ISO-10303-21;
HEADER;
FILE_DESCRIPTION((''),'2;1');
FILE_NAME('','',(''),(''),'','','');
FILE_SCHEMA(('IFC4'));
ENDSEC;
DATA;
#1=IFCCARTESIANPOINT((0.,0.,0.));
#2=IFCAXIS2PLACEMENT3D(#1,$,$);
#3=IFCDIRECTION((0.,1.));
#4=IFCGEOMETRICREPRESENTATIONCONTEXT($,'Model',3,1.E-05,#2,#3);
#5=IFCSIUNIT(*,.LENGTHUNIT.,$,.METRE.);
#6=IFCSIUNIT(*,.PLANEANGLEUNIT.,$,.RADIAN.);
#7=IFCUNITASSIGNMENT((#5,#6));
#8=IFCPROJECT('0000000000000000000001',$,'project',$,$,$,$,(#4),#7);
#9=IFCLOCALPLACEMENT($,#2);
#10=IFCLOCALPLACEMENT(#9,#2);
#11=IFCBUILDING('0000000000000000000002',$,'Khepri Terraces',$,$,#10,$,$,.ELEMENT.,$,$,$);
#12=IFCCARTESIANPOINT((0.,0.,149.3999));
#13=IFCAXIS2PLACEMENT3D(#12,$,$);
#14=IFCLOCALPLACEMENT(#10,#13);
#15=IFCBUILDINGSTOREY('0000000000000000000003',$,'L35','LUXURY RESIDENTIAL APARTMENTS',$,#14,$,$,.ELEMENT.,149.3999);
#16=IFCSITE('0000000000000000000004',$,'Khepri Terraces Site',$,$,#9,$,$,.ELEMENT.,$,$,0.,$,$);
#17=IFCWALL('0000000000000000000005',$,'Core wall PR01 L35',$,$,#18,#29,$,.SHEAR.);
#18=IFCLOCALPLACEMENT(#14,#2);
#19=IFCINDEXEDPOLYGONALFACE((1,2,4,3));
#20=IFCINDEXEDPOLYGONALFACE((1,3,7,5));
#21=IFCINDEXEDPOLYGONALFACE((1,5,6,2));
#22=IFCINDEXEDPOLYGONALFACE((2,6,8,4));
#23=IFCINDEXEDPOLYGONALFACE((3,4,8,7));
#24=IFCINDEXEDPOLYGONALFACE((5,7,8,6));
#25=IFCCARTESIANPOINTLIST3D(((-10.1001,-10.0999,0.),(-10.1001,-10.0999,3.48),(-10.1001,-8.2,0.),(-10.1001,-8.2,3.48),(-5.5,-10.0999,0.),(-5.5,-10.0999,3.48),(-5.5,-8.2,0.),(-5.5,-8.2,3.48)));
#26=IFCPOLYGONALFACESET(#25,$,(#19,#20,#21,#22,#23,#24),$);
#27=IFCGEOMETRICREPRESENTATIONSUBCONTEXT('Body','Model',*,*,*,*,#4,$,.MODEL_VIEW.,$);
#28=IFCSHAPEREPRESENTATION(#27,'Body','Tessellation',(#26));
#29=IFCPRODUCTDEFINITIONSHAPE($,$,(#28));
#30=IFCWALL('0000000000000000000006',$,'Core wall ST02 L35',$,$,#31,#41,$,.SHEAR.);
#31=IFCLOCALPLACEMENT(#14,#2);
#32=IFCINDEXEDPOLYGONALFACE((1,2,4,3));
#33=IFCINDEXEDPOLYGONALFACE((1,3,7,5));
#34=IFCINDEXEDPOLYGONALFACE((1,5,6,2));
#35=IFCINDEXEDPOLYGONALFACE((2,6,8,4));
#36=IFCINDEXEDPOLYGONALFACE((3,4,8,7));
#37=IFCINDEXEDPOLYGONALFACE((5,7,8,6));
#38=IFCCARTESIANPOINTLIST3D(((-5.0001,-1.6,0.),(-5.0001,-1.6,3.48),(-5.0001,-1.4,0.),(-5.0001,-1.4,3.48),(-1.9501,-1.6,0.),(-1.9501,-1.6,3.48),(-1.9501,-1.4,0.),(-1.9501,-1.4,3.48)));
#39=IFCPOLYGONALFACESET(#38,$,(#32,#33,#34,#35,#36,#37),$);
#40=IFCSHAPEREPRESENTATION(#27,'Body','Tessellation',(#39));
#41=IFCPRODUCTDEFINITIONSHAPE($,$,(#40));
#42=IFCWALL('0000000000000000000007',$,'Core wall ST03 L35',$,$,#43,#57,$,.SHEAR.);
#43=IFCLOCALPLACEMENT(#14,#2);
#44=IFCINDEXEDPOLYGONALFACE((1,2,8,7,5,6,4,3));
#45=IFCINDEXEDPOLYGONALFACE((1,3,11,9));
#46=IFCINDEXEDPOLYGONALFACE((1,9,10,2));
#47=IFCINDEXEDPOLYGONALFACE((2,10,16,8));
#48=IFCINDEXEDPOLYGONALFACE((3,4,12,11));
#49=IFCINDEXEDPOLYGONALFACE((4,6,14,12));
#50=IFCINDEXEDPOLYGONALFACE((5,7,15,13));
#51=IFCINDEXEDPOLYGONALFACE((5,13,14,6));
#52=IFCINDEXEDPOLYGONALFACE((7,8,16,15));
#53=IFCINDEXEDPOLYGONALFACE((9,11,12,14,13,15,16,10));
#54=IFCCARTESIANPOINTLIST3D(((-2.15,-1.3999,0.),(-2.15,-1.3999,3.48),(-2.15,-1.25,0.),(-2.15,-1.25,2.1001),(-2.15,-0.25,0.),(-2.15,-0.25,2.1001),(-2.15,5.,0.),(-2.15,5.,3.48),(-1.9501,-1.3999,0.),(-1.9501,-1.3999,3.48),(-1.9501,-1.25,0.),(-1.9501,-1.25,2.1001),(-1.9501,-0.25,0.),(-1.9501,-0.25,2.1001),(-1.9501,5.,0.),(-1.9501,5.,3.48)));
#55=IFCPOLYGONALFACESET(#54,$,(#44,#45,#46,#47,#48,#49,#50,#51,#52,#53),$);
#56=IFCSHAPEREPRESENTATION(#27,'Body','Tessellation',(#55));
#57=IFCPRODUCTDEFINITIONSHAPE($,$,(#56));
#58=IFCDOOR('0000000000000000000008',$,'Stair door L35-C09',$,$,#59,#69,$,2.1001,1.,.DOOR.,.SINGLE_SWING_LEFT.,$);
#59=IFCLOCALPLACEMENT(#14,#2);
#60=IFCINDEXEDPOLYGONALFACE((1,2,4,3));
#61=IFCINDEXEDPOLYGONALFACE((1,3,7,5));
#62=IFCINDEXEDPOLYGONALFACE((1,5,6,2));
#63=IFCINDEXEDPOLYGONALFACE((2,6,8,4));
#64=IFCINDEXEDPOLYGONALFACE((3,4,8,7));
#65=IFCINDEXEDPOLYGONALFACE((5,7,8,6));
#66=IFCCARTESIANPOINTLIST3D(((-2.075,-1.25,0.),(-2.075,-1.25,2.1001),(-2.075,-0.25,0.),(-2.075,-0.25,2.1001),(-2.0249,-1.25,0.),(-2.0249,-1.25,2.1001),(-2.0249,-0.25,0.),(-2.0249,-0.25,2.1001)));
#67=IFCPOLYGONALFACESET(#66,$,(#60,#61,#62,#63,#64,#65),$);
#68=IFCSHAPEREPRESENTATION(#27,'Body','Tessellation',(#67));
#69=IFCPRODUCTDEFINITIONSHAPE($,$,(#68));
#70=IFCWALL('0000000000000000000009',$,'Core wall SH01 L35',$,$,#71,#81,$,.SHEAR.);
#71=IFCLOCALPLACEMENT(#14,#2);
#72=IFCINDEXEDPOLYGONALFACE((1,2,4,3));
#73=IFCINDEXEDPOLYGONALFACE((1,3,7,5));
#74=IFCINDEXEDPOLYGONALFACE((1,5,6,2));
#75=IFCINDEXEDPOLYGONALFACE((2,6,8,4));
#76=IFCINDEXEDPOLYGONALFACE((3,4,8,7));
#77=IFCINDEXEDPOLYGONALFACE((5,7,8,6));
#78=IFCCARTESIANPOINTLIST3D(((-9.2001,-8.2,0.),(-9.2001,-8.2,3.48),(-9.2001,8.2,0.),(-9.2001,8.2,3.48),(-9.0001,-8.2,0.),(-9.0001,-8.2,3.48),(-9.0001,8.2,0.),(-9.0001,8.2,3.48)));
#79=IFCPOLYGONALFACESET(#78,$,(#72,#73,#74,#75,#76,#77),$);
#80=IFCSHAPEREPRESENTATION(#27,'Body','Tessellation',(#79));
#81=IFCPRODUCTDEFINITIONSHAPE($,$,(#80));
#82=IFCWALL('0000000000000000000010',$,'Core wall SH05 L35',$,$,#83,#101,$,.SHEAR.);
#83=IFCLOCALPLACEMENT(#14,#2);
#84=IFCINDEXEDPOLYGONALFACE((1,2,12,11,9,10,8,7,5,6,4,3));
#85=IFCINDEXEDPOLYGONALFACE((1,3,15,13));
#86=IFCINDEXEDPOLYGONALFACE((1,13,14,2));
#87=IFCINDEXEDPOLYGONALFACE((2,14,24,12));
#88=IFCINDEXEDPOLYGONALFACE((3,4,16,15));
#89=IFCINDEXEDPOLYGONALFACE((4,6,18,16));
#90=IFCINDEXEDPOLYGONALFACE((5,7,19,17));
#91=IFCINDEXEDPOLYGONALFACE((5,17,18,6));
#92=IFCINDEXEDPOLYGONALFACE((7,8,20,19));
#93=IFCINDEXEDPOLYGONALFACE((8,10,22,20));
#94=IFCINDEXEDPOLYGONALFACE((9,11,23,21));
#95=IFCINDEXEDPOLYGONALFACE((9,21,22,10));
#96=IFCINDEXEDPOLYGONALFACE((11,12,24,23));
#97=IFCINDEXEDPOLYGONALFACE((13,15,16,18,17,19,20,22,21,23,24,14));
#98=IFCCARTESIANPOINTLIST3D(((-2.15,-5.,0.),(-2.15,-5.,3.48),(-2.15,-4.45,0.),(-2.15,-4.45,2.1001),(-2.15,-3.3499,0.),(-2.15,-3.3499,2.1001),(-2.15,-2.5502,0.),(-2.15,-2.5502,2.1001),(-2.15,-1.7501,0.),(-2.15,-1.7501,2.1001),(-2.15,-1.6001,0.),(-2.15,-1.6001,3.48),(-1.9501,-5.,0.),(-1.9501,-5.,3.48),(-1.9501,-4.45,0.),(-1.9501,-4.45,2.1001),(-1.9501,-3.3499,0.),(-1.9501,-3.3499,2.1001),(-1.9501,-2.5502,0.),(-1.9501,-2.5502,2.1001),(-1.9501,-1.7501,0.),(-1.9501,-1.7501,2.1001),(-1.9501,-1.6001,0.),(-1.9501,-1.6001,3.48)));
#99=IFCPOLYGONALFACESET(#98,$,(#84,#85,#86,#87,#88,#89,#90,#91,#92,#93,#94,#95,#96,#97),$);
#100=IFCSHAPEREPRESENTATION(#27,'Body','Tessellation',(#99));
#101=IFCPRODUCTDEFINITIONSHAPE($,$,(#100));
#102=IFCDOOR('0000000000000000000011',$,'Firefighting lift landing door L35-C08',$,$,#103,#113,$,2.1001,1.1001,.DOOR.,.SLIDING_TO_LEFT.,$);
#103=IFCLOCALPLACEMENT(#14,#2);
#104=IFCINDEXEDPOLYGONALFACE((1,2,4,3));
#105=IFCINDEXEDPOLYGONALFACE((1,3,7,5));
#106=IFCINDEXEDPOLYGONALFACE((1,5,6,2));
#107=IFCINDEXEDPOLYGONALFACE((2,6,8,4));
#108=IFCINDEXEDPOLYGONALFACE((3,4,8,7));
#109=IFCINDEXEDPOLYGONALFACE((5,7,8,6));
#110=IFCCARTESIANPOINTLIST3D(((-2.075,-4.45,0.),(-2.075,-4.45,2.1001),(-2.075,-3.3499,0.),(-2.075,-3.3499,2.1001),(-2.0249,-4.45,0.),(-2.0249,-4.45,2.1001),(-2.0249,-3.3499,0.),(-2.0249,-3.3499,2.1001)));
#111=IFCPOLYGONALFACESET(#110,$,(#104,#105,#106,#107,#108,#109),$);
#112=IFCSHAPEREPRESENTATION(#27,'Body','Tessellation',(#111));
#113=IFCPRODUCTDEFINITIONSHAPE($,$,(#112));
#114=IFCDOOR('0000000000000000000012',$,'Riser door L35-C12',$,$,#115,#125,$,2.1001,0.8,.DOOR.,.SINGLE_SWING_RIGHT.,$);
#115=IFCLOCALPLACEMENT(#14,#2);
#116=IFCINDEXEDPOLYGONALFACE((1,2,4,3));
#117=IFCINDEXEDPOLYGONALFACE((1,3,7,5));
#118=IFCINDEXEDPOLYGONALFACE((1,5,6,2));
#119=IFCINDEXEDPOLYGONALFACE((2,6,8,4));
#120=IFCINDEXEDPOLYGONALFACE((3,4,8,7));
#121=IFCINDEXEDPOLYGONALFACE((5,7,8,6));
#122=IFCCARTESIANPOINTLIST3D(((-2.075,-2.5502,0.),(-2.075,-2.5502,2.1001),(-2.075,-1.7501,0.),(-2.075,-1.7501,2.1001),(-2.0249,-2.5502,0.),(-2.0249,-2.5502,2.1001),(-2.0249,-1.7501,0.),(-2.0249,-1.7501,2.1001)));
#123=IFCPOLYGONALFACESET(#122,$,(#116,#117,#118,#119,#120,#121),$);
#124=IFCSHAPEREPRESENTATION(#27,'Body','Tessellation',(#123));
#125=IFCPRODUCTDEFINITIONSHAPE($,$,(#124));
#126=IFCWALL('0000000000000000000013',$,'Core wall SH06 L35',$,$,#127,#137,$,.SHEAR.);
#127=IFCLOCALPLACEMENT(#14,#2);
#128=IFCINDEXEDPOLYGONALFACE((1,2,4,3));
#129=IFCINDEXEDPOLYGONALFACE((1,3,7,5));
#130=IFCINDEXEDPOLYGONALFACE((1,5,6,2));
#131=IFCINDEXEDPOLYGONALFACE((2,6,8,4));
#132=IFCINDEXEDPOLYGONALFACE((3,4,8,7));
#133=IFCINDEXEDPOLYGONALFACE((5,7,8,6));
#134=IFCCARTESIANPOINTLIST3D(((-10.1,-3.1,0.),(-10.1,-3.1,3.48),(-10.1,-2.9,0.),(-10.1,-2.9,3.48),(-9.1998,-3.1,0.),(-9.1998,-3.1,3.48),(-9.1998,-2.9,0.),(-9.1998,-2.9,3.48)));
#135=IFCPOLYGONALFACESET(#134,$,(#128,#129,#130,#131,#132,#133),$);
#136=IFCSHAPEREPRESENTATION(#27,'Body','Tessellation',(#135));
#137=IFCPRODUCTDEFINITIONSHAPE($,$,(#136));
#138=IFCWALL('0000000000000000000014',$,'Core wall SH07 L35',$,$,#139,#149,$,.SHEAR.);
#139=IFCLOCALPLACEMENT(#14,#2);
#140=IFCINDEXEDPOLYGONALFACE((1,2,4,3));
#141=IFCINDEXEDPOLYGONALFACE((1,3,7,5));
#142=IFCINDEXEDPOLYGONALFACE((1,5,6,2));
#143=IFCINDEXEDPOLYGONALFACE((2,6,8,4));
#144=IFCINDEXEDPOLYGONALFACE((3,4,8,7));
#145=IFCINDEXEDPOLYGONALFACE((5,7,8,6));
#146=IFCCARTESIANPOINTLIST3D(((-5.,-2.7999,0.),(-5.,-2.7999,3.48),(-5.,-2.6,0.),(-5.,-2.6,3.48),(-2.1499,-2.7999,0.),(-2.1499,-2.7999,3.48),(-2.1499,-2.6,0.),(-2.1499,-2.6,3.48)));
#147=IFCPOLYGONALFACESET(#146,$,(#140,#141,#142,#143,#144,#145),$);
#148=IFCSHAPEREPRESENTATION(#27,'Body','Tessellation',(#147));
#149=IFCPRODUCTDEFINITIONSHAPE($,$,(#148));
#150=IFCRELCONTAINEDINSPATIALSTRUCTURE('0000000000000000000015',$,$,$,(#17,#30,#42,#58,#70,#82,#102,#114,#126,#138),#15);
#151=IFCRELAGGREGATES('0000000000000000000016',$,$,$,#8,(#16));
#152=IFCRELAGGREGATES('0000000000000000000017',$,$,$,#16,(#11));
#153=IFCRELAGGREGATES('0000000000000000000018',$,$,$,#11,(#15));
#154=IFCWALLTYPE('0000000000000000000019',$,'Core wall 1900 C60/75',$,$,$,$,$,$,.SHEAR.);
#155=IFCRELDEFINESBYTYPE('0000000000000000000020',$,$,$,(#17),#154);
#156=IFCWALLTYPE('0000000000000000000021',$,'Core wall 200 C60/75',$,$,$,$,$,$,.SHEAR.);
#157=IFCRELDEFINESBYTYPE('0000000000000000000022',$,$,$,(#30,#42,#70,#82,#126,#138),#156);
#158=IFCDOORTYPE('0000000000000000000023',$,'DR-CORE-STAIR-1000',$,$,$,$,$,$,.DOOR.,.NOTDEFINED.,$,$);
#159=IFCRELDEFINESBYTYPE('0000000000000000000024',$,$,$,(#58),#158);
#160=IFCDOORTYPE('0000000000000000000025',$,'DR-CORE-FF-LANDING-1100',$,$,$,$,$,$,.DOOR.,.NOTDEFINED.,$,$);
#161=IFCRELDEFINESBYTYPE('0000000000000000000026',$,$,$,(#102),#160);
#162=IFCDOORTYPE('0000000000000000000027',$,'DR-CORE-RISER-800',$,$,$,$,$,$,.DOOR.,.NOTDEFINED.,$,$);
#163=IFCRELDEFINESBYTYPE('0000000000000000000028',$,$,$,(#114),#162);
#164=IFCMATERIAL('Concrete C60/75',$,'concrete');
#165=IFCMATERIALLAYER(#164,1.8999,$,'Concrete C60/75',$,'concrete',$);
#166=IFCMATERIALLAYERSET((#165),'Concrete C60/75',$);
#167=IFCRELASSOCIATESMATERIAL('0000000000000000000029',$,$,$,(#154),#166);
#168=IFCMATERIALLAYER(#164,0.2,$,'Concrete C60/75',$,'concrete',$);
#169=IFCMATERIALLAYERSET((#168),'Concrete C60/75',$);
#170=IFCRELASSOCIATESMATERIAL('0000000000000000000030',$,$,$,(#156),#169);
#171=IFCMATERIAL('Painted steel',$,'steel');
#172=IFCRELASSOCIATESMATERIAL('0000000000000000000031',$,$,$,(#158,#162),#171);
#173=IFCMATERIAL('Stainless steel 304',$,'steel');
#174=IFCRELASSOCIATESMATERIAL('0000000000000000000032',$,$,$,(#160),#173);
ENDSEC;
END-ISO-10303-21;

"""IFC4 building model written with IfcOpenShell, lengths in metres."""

from ifc_helpers import new_model, si_unit, direction, frame, frame_2d, origin, place, context, subcontext, project, spatial, rectangle, extrude, material, layer, layer_set, type_object, element, fill, save


model = new_model("IFC4")

# Units and contexts
model_context = context("Model", 3, precision=1e-05, world=origin(), true_north=direction((0.0, 1.0)))
body_context = subcontext(model_context, "Body", "Model", "MODEL_VIEW")
ifc_project = project(units=[si_unit("LENGTHUNIT", "METRE"), si_unit("PLANEANGLEUNIT", "RADIAN")], contexts=[model_context])

# Site, building, storey
site_placement = place(None, origin())
site = spatial("IfcSite", under=ifc_project, at=site_placement, Name="Khepri Terraces Site", CompositionType="ELEMENT", RefElevation=0.0)
building_placement = place(site_placement, origin())
building = spatial("IfcBuilding", under=site, at=building_placement, Name="Khepri Terraces", CompositionType="ELEMENT")
storey_placement = place(building_placement, frame((0.0, 0.0, 149.3999)))
storey = spatial("IfcBuildingStorey", under=building, at=storey_placement, Name="L35", Description="LUXURY RESIDENTIAL APARTMENTS", CompositionType="ELEMENT", Elevation=149.3999)

# Walls
ifc_material_1 = material(Name="Concrete C60/75", Category="concrete")
ifc_layer_1 = layer(ifc_material_1, 1.8999, Name="Concrete C60/75", Category="concrete")
ifc_layer_set_1 = layer_set([ifc_layer_1], Name="Concrete C60/75")
wall_type_1 = type_object("IfcWallType", Name="Core wall 1900 C60/75", PredefinedType="SHEAR", material=ifc_layer_set_1)
wall_1_placement = place(storey_placement, frame((-10.1001, -9.1499, 0.0), z_axis=(0.0, 0.0, 1.0), x_axis=(1.0, 0.0, 0.0)))
element("IfcWall", 1, at=wall_1_placement, inside=storey, type_object=wall_type_1, Name="Core wall PR01 L35", PredefinedType="SHEAR", context=body_context, shape_type="SweptSolid", body=[
    extrude(rectangle(XDim=4.6001, YDim=1.8999, at=frame_2d((2.3, 0.0))), origin(), (0.0, 0.0, 1.0), 3.48),
])
ifc_layer_2 = layer(ifc_material_1, 0.2, Name="Concrete C60/75", Category="concrete")
ifc_layer_set_2 = layer_set([ifc_layer_2], Name="Concrete C60/75")
wall_type_2 = type_object("IfcWallType", Name="Core wall 200 C60/75", PredefinedType="SHEAR", material=ifc_layer_set_2)
wall_2_placement = place(storey_placement, frame((-5.0, -1.5, 0.0), z_axis=(0.0, 0.0, 1.0), x_axis=(1.0, 0.0, 0.0)))
element("IfcWall", 2, at=wall_2_placement, inside=storey, type_object=wall_type_2, Name="Core wall ST02 L35", PredefinedType="SHEAR", context=body_context, shape_type="SweptSolid", body=[
    extrude(rectangle(XDim=3.05, YDim=0.2, at=frame_2d((1.5249, 0.0))), origin(), (0.0, 0.0, 1.0), 3.48),
])

# Wall, opening, door
wall_3_placement = place(storey_placement, frame((-2.05, -1.3999, 0.0), z_axis=(0.0, 0.0, 1.0), x_axis=(0.0, 1.0, 0.0)))
wall_3 = element("IfcWall", 3, at=wall_3_placement, inside=storey, type_object=wall_type_2, Name="Core wall ST03 L35", PredefinedType="SHEAR", context=body_context, shape_type="SweptSolid", body=[
    extrude(rectangle(XDim=6.3999, YDim=0.2, at=frame_2d((3.2, 0.0))), origin(), (0.0, 0.0, 1.0), 3.48),
])
opening_1_placement = place(wall_3_placement, frame((0.1499, 0.0, 0.0)))
opening_1 = element("IfcOpeningElement", 4, at=opening_1_placement, cuts=wall_3, PredefinedType="OPENING", context=body_context, shape_type="SweptSolid", body=[
    extrude(rectangle(XDim=1.0, YDim=2.1001, at=frame_2d((0.5, 1.05))), frame((0.0, 0.1099, 0.0), z_axis=(0.0, -1.0, 0.0), x_axis=(1.0, 0.0, 0.0)), (0.0, 0.0, 1.0), 0.22),
])
ifc_material_2 = material(Name="Painted steel", Category="steel")
door_type_1 = type_object("IfcDoorType", Name="DR-CORE-STAIR-1000", OperationType="NOTDEFINED", PredefinedType="DOOR", material=ifc_material_2)
door_1_placement = place(opening_1_placement, origin())
door_1 = element("IfcDoor", 5, at=door_1_placement, inside=storey, type_object=door_type_1, Name="Stair door L35-C09", OperationType="SINGLE_SWING_LEFT", OverallHeight=2.1001, OverallWidth=1.0, PredefinedType="DOOR", context=body_context, shape_type="SweptSolid", body=[
    extrude(rectangle(XDim=1.0, YDim=2.1001, at=frame_2d((0.5, 1.05))), frame((0.0, 0.0249, 0.0), z_axis=(0.0, -1.0, 0.0), x_axis=(1.0, 0.0, 0.0)), (0.0, 0.0, 1.0), 0.05),
])
fill(opening_1, door_1)

# Wall
wall_4_placement = place(storey_placement, frame((-9.1001, -8.2, 0.0), z_axis=(0.0, 0.0, 1.0), x_axis=(0.0, 1.0, 0.0)))
element("IfcWall", 6, at=wall_4_placement, inside=storey, type_object=wall_type_2, Name="Core wall SH01 L35", PredefinedType="SHEAR", context=body_context, shape_type="SweptSolid", body=[
    extrude(rectangle(XDim=16.3999, YDim=0.2, at=frame_2d((8.2, 0.0))), origin(), (0.0, 0.0, 1.0), 3.48),
])

# Wall, openings, doors
wall_5_placement = place(storey_placement, frame((-2.05, -5.0, 0.0), z_axis=(0.0, 0.0, 1.0), x_axis=(0.0, 1.0, 0.0)))
wall_5 = element("IfcWall", 7, at=wall_5_placement, inside=storey, type_object=wall_type_2, Name="Core wall SH05 L35", PredefinedType="SHEAR", context=body_context, shape_type="SweptSolid", body=[
    extrude(rectangle(XDim=3.3999, YDim=0.2, at=frame_2d((1.7, 0.0))), origin(), (0.0, 0.0, 1.0), 3.48),
])
opening_2_placement = place(wall_5_placement, frame((0.55, 0.0, 0.0)))
opening_2 = element("IfcOpeningElement", 8, at=opening_2_placement, cuts=wall_5, PredefinedType="OPENING", context=body_context, shape_type="SweptSolid", body=[
    extrude(rectangle(XDim=1.1001, YDim=2.1001, at=frame_2d((0.55, 1.05))), frame((0.0, 0.1099, 0.0), z_axis=(0.0, -1.0, 0.0), x_axis=(1.0, 0.0, 0.0)), (0.0, 0.0, 1.0), 0.22),
])
opening_3_placement = place(wall_5_placement, frame((2.45, 0.0, 0.0)))
opening_3 = element("IfcOpeningElement", 9, at=opening_3_placement, cuts=wall_5, PredefinedType="OPENING", context=body_context, shape_type="SweptSolid", body=[
    extrude(rectangle(XDim=0.8, YDim=2.1001, at=frame_2d((0.3999, 1.05))), frame((0.0, 0.1099, 0.0), z_axis=(0.0, -1.0, 0.0), x_axis=(1.0, 0.0, 0.0)), (0.0, 0.0, 1.0), 0.22),
])
ifc_material_3 = material(Name="Stainless steel 304", Category="steel")
door_type_2 = type_object("IfcDoorType", Name="DR-CORE-FF-LANDING-1100", OperationType="NOTDEFINED", PredefinedType="DOOR", material=ifc_material_3)
door_2_placement = place(opening_2_placement, origin())
door_2 = element("IfcDoor", 10, at=door_2_placement, inside=storey, type_object=door_type_2, Name="Firefighting lift landing door L35-C08", OperationType="SLIDING_TO_LEFT", OverallHeight=2.1001, OverallWidth=1.1001, PredefinedType="DOOR", context=body_context, shape_type="SweptSolid", body=[
    extrude(rectangle(XDim=1.1001, YDim=2.1001, at=frame_2d((0.55, 1.05))), frame((0.0, 0.0249, 0.0), z_axis=(0.0, -1.0, 0.0), x_axis=(1.0, 0.0, 0.0)), (0.0, 0.0, 1.0), 0.05),
])
fill(opening_2, door_2)
door_type_3 = type_object("IfcDoorType", Name="DR-CORE-RISER-800", OperationType="NOTDEFINED", PredefinedType="DOOR", material=ifc_material_2)
door_3_placement = place(opening_3_placement, origin())
door_3 = element("IfcDoor", 11, at=door_3_placement, inside=storey, type_object=door_type_3, Name="Riser door L35-C12", OperationType="SINGLE_SWING_RIGHT", OverallHeight=2.1001, OverallWidth=0.8, PredefinedType="DOOR", context=body_context, shape_type="SweptSolid", body=[
    extrude(rectangle(XDim=0.8, YDim=2.1001, at=frame_2d((0.3999, 1.05))), frame((0.0, 0.0249, 0.0), z_axis=(0.0, -1.0, 0.0), x_axis=(1.0, 0.0, 0.0)), (0.0, 0.0, 1.0), 0.05),
])
fill(opening_3, door_3)

# Walls
wall_6_placement = place(storey_placement, frame((-10.1001, -3.0, 0.0), z_axis=(0.0, 0.0, 1.0), x_axis=(1.0, 0.0, 0.0)))
element("IfcWall", 12, at=wall_6_placement, inside=storey, type_object=wall_type_2, Name="Core wall SH06 L35", PredefinedType="SHEAR", context=body_context, shape_type="SweptSolid", body=[
    extrude(rectangle(XDim=0.9001, YDim=0.2, at=frame_2d((0.4502, 0.0))), origin(), (0.0, 0.0, 1.0), 3.48),
])
wall_7_placement = place(storey_placement, frame((-5.0, -2.7, 0.0), z_axis=(0.0, 0.0, 1.0), x_axis=(1.0, 0.0, 0.0)))
element("IfcWall", 13, at=wall_7_placement, inside=storey, type_object=wall_type_2, Name="Core wall SH07 L35", PredefinedType="SHEAR", context=body_context, shape_type="SweptSolid", body=[
    extrude(rectangle(XDim=2.8501, YDim=0.2, at=frame_2d((1.425, 0.0))), origin(), (0.0, 0.0, 1.0), 3.48),
])

save(model, "model.ifc")
